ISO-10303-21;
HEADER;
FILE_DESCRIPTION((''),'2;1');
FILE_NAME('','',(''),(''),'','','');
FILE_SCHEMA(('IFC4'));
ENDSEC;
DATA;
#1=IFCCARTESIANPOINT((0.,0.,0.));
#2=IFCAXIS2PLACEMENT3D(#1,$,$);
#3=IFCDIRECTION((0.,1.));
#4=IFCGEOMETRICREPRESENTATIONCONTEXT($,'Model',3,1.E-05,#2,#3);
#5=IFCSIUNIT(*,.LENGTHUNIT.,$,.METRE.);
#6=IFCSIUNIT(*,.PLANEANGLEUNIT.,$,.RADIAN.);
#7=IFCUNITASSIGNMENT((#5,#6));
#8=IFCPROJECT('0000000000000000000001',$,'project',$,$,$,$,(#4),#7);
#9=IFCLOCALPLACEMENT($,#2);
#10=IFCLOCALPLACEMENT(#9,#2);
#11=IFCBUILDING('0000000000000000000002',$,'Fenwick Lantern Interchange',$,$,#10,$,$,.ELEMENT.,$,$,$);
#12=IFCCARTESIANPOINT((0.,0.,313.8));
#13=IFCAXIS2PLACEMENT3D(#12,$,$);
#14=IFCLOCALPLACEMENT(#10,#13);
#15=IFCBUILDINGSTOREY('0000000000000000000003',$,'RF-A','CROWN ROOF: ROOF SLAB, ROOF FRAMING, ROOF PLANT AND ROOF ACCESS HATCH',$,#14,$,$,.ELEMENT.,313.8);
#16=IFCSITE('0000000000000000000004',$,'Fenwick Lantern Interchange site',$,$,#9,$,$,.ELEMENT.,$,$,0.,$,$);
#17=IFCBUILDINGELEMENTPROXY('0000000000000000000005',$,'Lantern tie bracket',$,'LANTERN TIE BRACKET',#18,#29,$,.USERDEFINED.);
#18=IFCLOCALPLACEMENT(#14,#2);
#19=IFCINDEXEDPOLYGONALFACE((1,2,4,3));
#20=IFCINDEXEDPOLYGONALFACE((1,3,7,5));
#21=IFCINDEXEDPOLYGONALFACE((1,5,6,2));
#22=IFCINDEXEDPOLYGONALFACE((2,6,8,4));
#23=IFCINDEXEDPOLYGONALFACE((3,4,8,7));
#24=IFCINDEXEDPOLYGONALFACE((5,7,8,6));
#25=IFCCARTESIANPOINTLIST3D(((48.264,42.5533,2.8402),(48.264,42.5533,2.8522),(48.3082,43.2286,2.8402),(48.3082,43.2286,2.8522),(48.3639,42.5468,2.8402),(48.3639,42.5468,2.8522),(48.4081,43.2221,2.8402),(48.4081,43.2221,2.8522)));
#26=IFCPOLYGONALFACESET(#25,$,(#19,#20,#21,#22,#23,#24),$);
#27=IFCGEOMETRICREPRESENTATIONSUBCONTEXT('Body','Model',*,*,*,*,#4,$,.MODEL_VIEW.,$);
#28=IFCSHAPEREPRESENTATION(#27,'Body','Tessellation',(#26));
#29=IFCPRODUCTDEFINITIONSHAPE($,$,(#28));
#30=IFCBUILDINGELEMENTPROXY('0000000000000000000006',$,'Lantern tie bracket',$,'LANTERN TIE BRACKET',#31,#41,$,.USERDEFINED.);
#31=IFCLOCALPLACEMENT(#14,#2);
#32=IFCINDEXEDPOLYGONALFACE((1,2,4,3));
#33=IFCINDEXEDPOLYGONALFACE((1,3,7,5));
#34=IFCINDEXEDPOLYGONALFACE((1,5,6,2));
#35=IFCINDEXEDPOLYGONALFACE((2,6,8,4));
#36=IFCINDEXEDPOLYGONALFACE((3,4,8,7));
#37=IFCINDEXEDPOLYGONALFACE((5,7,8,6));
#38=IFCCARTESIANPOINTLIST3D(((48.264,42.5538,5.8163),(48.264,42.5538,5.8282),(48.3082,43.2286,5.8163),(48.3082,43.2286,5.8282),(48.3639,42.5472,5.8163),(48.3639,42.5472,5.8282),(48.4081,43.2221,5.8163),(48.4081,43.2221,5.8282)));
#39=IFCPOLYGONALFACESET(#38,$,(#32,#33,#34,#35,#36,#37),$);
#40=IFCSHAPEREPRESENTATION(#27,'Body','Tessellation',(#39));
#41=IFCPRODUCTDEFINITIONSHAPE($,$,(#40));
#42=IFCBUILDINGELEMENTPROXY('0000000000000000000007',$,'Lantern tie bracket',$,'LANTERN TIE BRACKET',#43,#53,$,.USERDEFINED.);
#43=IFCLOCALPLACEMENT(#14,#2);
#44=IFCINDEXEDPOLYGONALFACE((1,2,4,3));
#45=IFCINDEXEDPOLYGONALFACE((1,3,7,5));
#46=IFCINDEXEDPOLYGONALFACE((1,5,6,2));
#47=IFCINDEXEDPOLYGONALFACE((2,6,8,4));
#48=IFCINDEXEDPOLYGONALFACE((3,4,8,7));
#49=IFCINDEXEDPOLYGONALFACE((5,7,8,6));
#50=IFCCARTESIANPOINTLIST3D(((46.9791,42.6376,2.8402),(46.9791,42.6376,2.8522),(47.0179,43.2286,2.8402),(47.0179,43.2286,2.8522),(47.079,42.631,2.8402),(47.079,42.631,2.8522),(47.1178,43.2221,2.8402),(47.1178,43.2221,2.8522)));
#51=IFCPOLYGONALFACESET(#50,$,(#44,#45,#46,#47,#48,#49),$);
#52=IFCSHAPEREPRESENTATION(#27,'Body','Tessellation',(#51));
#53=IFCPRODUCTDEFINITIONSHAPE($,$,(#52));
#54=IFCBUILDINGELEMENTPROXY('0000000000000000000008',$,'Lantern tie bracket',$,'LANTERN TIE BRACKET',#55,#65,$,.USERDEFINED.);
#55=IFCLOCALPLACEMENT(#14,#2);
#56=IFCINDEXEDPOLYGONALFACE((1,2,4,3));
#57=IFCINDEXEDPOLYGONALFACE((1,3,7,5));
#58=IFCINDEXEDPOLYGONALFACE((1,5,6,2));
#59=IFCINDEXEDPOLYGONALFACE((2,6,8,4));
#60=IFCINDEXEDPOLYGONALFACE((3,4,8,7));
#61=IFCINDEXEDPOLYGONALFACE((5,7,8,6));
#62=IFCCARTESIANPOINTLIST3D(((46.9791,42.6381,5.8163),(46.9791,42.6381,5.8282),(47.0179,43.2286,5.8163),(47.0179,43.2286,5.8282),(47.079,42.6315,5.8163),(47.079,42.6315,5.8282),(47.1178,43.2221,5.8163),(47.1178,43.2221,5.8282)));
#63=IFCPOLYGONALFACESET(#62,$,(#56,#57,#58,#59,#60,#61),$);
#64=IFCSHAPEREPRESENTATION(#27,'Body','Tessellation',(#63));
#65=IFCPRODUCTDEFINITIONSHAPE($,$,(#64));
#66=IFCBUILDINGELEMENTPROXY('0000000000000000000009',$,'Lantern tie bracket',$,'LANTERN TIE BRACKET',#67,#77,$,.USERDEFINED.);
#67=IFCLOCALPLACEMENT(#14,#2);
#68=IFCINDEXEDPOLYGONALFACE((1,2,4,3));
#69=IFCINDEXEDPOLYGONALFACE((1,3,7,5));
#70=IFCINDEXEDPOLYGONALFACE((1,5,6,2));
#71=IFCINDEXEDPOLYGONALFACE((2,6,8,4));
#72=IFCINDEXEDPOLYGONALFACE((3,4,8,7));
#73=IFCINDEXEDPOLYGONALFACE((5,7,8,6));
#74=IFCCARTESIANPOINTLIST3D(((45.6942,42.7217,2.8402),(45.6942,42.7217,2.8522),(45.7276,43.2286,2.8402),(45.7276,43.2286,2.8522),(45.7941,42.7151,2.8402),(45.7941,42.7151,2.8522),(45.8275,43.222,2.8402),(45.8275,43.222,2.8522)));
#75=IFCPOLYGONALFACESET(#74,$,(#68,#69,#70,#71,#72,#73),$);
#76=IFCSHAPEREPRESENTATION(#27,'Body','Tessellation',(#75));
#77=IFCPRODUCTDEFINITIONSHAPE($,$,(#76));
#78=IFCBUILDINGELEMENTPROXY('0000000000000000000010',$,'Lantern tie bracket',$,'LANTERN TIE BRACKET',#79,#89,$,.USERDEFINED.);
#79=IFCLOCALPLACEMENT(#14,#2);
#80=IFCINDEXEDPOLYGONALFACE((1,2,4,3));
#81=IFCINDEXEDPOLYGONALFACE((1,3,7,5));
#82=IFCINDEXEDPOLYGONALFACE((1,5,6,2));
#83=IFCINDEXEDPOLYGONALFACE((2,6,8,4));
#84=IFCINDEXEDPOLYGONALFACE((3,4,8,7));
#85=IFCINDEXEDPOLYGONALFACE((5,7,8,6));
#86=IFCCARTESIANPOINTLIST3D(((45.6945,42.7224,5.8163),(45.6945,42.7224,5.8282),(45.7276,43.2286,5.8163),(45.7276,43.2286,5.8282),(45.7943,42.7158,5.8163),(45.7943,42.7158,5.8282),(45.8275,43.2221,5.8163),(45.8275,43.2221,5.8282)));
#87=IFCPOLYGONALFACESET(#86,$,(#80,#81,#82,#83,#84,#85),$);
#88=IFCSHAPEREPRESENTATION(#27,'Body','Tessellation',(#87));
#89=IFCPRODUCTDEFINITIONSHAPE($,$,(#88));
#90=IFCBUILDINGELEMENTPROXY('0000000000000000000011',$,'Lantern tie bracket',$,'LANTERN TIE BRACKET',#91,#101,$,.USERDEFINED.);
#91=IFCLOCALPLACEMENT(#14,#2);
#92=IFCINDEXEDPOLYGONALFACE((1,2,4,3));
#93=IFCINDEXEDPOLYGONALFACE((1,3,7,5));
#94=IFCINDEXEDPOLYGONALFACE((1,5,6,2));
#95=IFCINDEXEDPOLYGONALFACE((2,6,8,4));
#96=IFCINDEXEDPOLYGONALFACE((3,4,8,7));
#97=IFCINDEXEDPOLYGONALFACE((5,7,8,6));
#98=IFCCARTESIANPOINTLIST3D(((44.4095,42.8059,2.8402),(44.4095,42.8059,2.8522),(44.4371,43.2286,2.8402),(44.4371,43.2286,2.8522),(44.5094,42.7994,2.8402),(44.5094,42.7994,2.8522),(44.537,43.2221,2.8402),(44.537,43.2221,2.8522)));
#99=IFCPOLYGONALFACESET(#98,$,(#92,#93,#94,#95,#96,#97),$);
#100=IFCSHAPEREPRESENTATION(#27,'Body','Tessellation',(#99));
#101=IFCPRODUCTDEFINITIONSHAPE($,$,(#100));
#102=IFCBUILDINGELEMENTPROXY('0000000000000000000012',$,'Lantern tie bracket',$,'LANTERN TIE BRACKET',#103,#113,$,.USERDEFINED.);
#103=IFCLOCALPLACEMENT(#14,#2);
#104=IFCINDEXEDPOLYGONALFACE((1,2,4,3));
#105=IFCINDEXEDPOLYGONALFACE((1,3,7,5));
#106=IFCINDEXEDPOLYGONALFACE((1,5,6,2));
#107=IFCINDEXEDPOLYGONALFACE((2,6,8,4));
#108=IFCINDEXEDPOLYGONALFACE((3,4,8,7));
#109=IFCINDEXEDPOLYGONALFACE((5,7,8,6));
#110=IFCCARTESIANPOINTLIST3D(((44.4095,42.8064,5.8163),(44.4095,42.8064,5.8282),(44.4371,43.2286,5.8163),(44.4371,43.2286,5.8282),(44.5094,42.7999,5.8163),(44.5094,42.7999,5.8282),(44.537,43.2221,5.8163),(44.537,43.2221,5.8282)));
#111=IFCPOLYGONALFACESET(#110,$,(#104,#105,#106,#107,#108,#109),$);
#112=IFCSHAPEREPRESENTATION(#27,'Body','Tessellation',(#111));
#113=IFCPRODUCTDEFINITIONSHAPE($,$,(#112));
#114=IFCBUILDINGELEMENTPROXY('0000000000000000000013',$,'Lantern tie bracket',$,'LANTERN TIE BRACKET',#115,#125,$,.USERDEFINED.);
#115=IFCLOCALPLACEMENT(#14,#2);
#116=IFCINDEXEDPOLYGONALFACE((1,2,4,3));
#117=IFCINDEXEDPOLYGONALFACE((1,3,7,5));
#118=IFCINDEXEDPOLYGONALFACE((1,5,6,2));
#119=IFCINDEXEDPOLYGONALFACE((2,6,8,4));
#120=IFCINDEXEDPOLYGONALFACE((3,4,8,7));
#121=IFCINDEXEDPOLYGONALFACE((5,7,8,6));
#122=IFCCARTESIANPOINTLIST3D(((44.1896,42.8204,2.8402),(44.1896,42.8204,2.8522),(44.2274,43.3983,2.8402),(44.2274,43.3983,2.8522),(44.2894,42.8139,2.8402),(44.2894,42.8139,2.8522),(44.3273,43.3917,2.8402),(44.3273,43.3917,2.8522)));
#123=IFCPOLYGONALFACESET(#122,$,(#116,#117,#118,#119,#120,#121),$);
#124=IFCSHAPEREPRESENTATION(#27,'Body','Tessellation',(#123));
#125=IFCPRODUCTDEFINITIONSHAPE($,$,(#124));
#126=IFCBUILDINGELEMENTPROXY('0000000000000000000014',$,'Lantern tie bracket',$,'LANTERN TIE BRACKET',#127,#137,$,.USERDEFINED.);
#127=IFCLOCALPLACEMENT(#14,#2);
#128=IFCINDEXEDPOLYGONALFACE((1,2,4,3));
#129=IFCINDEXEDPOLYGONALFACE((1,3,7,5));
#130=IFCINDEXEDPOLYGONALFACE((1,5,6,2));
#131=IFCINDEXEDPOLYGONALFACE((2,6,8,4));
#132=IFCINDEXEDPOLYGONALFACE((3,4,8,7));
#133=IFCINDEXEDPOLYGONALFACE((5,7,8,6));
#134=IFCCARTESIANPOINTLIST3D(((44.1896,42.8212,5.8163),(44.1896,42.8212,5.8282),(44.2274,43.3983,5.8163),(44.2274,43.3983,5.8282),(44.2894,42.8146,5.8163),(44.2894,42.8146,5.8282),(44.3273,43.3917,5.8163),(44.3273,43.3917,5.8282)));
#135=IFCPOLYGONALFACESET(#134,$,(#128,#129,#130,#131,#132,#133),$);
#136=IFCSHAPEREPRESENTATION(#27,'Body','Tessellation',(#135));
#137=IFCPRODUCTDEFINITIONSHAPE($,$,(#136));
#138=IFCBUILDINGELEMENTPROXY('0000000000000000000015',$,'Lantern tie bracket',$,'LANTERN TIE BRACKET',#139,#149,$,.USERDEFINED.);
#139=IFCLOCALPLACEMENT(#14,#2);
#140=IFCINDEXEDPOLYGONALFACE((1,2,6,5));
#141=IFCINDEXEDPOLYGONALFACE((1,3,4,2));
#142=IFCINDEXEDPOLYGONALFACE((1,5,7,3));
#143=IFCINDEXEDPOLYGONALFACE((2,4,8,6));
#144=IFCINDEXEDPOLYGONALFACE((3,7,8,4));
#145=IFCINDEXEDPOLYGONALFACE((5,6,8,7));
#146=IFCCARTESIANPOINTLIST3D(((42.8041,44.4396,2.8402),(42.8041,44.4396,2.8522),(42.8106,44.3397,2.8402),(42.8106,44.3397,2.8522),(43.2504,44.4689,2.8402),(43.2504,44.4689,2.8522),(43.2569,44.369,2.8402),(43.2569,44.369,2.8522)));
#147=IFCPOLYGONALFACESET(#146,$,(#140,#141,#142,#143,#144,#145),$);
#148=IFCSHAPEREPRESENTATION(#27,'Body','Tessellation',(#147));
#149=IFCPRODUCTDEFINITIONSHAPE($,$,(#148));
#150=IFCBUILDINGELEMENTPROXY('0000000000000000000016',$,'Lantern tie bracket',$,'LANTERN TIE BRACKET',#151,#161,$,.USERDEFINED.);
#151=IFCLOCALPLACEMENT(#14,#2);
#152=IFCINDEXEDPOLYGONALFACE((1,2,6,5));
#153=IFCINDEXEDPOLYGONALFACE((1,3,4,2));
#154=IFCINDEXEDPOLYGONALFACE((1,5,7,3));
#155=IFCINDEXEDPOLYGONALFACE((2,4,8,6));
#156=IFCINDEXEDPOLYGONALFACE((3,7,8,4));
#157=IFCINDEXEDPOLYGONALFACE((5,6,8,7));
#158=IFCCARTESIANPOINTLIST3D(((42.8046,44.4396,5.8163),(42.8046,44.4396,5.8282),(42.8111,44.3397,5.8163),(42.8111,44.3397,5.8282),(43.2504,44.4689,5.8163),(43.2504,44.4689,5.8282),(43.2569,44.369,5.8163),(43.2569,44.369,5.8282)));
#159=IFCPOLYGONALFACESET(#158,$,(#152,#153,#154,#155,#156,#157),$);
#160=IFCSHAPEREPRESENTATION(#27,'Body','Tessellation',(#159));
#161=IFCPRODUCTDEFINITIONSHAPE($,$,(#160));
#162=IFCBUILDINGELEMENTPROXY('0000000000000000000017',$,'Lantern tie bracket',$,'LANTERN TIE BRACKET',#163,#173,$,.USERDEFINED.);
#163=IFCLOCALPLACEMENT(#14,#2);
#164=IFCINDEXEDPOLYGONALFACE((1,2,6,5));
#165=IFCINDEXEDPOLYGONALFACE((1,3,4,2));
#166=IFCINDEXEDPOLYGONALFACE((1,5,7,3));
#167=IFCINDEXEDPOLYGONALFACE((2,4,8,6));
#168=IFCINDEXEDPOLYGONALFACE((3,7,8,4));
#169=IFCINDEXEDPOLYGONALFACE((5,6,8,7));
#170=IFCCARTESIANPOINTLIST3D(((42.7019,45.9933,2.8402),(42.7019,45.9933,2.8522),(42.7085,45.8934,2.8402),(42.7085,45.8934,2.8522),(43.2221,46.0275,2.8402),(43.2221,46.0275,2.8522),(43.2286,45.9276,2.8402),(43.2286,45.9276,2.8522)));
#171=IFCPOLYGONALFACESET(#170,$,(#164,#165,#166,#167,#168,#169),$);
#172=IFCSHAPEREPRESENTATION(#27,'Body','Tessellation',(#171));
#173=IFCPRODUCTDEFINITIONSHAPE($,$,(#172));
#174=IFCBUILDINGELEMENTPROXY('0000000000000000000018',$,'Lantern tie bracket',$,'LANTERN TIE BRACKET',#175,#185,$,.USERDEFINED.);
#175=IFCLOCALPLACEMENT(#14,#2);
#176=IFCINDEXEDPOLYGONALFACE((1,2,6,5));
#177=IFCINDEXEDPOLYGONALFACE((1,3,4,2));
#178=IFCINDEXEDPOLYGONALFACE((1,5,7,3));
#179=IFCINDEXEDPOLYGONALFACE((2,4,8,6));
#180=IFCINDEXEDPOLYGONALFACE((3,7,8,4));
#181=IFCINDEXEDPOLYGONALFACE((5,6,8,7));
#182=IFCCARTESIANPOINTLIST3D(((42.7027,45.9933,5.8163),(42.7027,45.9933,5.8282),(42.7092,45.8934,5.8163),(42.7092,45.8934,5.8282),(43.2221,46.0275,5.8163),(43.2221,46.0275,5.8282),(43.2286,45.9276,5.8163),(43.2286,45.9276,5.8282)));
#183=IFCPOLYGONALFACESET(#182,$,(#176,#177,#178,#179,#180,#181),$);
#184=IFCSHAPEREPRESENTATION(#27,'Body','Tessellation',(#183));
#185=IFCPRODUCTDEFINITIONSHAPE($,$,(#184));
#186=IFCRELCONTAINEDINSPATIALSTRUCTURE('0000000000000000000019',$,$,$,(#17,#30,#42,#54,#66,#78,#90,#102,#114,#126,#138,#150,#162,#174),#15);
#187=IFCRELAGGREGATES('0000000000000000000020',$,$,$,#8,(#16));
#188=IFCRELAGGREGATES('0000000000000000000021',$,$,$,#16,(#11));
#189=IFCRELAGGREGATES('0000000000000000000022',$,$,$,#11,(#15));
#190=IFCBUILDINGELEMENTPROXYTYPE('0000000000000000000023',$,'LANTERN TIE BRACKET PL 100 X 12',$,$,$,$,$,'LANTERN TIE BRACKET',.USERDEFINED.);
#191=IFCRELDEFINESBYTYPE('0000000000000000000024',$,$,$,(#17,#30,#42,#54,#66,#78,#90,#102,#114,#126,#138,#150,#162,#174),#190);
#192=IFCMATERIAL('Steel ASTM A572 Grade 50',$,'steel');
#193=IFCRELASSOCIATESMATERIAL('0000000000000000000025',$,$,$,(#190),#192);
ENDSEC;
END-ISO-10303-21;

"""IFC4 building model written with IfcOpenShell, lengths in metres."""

from ifc_helpers import new_model, si_unit, direction, frame, origin, origin_2d, place, context, subcontext, project, spatial, rectangle, extrude, material, material_profile, profile_set, type_object, element, save


model = new_model("IFC4")

# Units and contexts
model_context = context("Model", 3, precision=1e-05, world=origin(), true_north=direction((0.0, 1.0)))
body_context = subcontext(model_context, "Body", "Model", "MODEL_VIEW")
ifc_project = project(units=[si_unit("LENGTHUNIT", "METRE"), si_unit("PLANEANGLEUNIT", "RADIAN")], contexts=[model_context])

# Site, building, storey
site_placement = place(None, origin())
site = spatial("IfcSite", under=ifc_project, at=site_placement, Name="Fenwick Lantern Interchange site", CompositionType="ELEMENT", RefElevation=0.0)
building_placement = place(site_placement, origin())
building = spatial("IfcBuilding", under=site, at=building_placement, Name="Fenwick Lantern Interchange", CompositionType="ELEMENT")
storey_placement = place(building_placement, frame((0.0, 0.0, 313.8)))
storey = spatial("IfcBuildingStorey", under=building, at=storey_placement, Name="RF-A", Description="CROWN ROOF: ROOF SLAB, ROOF FRAMING, ROOF PLANT AND ROOF ACCESS HATCH", CompositionType="ELEMENT", Elevation=313.8)

# Building element proxies
ifc_material_1 = material(Name="Steel ASTM A572 Grade 50", Category="steel")
ifc_material_profile_1 = material_profile(ifc_material_1, rectangle(XDim=0.1001, YDim=0.012, at=origin_2d()), Name="PL100X12")
ifc_profile_set_1 = profile_set([ifc_material_profile_1], Name="Steel ASTM A572 Grade 50")
building_element_proxy_type = type_object("IfcBuildingElementProxyType", Name="LANTERN TIE BRACKET PL 100 X 12", ElementType="LANTERN TIE BRACKET", PredefinedType="USERDEFINED", material=ifc_profile_set_1)
proxy_1_placement = place(storey_placement, frame((48.3582, 43.2253, 2.8462), z_axis=(-0.065298, -0.997866, 0.0), x_axis=(0.997866, -0.065298, 0.0)))
element("IfcBuildingElementProxy", 1, at=proxy_1_placement, inside=storey, type_object=building_element_proxy_type, Name="Lantern tie bracket", ObjectType="LANTERN TIE BRACKET", PredefinedType="USERDEFINED", context=body_context, shape_type="SweptSolid", body=[
    extrude(rectangle(XDim=0.1001, YDim=0.012, at=origin_2d()), origin(), (0.0, 0.0, 1.0), 0.6768),
])
proxy_2_placement = place(storey_placement, frame((48.3582, 43.2253, 5.8223), z_axis=(-0.065345, -0.997863, 0.0), x_axis=(0.997863, -0.065345, 0.0)))
element("IfcBuildingElementProxy", 2, at=proxy_2_placement, inside=storey, type_object=building_element_proxy_type, Name="Lantern tie bracket", ObjectType="LANTERN TIE BRACKET", PredefinedType="USERDEFINED", context=body_context, shape_type="SweptSolid", body=[
    extrude(rectangle(XDim=0.1001, YDim=0.012, at=origin_2d()), origin(), (0.0, 0.0, 1.0), 0.6763),
])
proxy_3_placement = place(storey_placement, frame((47.0679, 43.2253, 2.8462), z_axis=(-0.065534, -0.99785, 0.0), x_axis=(0.99785, -0.065534, 0.0)))
element("IfcBuildingElementProxy", 3, at=proxy_3_placement, inside=storey, type_object=building_element_proxy_type, Name="Lantern tie bracket", ObjectType="LANTERN TIE BRACKET", PredefinedType="USERDEFINED", context=body_context, shape_type="SweptSolid", body=[
    extrude(rectangle(XDim=0.1001, YDim=0.012, at=origin_2d()), origin(), (0.0, 0.0, 1.0), 0.5923),
])
proxy_4_placement = place(storey_placement, frame((47.0679, 43.2253, 5.8223), z_axis=(-0.065588, -0.997847, 0.0), x_axis=(0.997847, -0.065588, 0.0)))
element("IfcBuildingElementProxy", 4, at=proxy_4_placement, inside=storey, type_object=building_element_proxy_type, Name="Lantern tie bracket", ObjectType="LANTERN TIE BRACKET", PredefinedType="USERDEFINED", context=body_context, shape_type="SweptSolid", body=[
    extrude(rectangle(XDim=0.1001, YDim=0.012, at=origin_2d()), origin(), (0.0, 0.0, 1.0), 0.5918),
])
proxy_5_placement = place(storey_placement, frame((45.7776, 43.2253, 2.8462), z_axis=(-0.065849, -0.99783, 0.0), x_axis=(0.99783, -0.065849, 0.0)))
element("IfcBuildingElementProxy", 5, at=proxy_5_placement, inside=storey, type_object=building_element_proxy_type, Name="Lantern tie bracket", ObjectType="LANTERN TIE BRACKET", PredefinedType="USERDEFINED", context=body_context, shape_type="SweptSolid", body=[
    extrude(rectangle(XDim=0.1001, YDim=0.012, at=origin_2d()), origin(), (0.0, 0.0, 1.0), 0.5081),
])
proxy_6_placement = place(storey_placement, frame((45.7776, 43.2253, 5.8223), z_axis=(-0.065433, -0.997857, 0.0), x_axis=(0.997857, -0.065433, 0.0)))
element("IfcBuildingElementProxy", 6, at=proxy_6_placement, inside=storey, type_object=building_element_proxy_type, Name="Lantern tie bracket", ObjectType="LANTERN TIE BRACKET", PredefinedType="USERDEFINED", context=body_context, shape_type="SweptSolid", body=[
    extrude(rectangle(XDim=0.1001, YDim=0.012, at=origin_2d()), origin(), (0.0, 0.0, 1.0), 0.5073),
])
proxy_7_placement = place(storey_placement, frame((44.4871, 43.2253, 2.8462), z_axis=(-0.065142, -0.997876, 0.0), x_axis=(0.997876, -0.065142, 0.0)))
element("IfcBuildingElementProxy", 7, at=proxy_7_placement, inside=storey, type_object=building_element_proxy_type, Name="Lantern tie bracket", ObjectType="LANTERN TIE BRACKET", PredefinedType="USERDEFINED", context=body_context, shape_type="SweptSolid", body=[
    extrude(rectangle(XDim=0.1001, YDim=0.012, at=origin_2d()), origin(), (0.0, 0.0, 1.0), 0.4236),
])
proxy_8_placement = place(storey_placement, frame((44.4871, 43.2253, 5.8223), z_axis=(-0.065217, -0.997871, 0.0), x_axis=(0.997871, -0.065217, 0.0)))
element("IfcBuildingElementProxy", 8, at=proxy_8_placement, inside=storey, type_object=building_element_proxy_type, Name="Lantern tie bracket", ObjectType="LANTERN TIE BRACKET", PredefinedType="USERDEFINED", context=body_context, shape_type="SweptSolid", body=[
    extrude(rectangle(XDim=0.1001, YDim=0.012, at=origin_2d()), origin(), (0.0, 0.0, 1.0), 0.4231),
])
proxy_9_placement = place(storey_placement, frame((44.2773, 43.395, 2.8462), z_axis=(-0.065344, -0.997863, 0.0), x_axis=(0.997863, -0.065344, 0.0)))
element("IfcBuildingElementProxy", 9, at=proxy_9_placement, inside=storey, type_object=building_element_proxy_type, Name="Lantern tie bracket", ObjectType="LANTERN TIE BRACKET", PredefinedType="USERDEFINED", context=body_context, shape_type="SweptSolid", body=[
    extrude(rectangle(XDim=0.1001, YDim=0.012, at=origin_2d()), origin(), (0.0, 0.0, 1.0), 0.5791),
])
proxy_10_placement = place(storey_placement, frame((44.2773, 43.395, 5.8223), z_axis=(-0.065426, -0.997857, 0.0), x_axis=(0.997857, -0.065426, 0.0)))
element("IfcBuildingElementProxy", 10, at=proxy_10_placement, inside=storey, type_object=building_element_proxy_type, Name="Lantern tie bracket", ObjectType="LANTERN TIE BRACKET", PredefinedType="USERDEFINED", context=body_context, shape_type="SweptSolid", body=[
    extrude(rectangle(XDim=0.1001, YDim=0.012, at=origin_2d()), origin(), (0.0, 0.0, 1.0), 0.5784),
])
proxy_11_placement = place(storey_placement, frame((43.2537, 44.4189, 2.8462), z_axis=(-0.997852, -0.065505, 0.0), x_axis=(0.065505, -0.997852, 0.0)))
element("IfcBuildingElementProxy", 11, at=proxy_11_placement, inside=storey, type_object=building_element_proxy_type, Name="Lantern tie bracket", ObjectType="LANTERN TIE BRACKET", PredefinedType="USERDEFINED", context=body_context, shape_type="SweptSolid", body=[
    extrude(rectangle(XDim=0.1001, YDim=0.012, at=origin_2d()), origin(), (0.0, 0.0, 1.0), 0.4473),
])
proxy_12_placement = place(storey_placement, frame((43.2537, 44.4189, 5.8223), z_axis=(-0.997848, -0.065576, 0.0), x_axis=(0.065576, -0.997848, 0.0)))
element("IfcBuildingElementProxy", 12, at=proxy_12_placement, inside=storey, type_object=building_element_proxy_type, Name="Lantern tie bracket", ObjectType="LANTERN TIE BRACKET", PredefinedType="USERDEFINED", context=body_context, shape_type="SweptSolid", body=[
    extrude(rectangle(XDim=0.1001, YDim=0.012, at=origin_2d()), origin(), (0.0, 0.0, 1.0), 0.4468),
])
proxy_13_placement = place(storey_placement, frame((43.2253, 45.9775, 2.8462), z_axis=(-0.997847, -0.065586, 0.0), x_axis=(0.065586, -0.997847, 0.0)))
element("IfcBuildingElementProxy", 13, at=proxy_13_placement, inside=storey, type_object=building_element_proxy_type, Name="Lantern tie bracket", ObjectType="LANTERN TIE BRACKET", PredefinedType="USERDEFINED", context=body_context, shape_type="SweptSolid", body=[
    extrude(rectangle(XDim=0.1001, YDim=0.012, at=origin_2d()), origin(), (0.0, 0.0, 1.0), 0.5212),
])
proxy_14_placement = place(storey_placement, frame((43.2253, 45.9775, 5.8223), z_axis=(-0.997841, -0.065678, 0.0), x_axis=(0.065678, -0.997841, 0.0)))
element("IfcBuildingElementProxy", 14, at=proxy_14_placement, inside=storey, type_object=building_element_proxy_type, Name="Lantern tie bracket", ObjectType="LANTERN TIE BRACKET", PredefinedType="USERDEFINED", context=body_context, shape_type="SweptSolid", body=[
    extrude(rectangle(XDim=0.1001, YDim=0.012, at=origin_2d()), origin(), (0.0, 0.0, 1.0), 0.5205),
])

save(model, "model.ifc")
